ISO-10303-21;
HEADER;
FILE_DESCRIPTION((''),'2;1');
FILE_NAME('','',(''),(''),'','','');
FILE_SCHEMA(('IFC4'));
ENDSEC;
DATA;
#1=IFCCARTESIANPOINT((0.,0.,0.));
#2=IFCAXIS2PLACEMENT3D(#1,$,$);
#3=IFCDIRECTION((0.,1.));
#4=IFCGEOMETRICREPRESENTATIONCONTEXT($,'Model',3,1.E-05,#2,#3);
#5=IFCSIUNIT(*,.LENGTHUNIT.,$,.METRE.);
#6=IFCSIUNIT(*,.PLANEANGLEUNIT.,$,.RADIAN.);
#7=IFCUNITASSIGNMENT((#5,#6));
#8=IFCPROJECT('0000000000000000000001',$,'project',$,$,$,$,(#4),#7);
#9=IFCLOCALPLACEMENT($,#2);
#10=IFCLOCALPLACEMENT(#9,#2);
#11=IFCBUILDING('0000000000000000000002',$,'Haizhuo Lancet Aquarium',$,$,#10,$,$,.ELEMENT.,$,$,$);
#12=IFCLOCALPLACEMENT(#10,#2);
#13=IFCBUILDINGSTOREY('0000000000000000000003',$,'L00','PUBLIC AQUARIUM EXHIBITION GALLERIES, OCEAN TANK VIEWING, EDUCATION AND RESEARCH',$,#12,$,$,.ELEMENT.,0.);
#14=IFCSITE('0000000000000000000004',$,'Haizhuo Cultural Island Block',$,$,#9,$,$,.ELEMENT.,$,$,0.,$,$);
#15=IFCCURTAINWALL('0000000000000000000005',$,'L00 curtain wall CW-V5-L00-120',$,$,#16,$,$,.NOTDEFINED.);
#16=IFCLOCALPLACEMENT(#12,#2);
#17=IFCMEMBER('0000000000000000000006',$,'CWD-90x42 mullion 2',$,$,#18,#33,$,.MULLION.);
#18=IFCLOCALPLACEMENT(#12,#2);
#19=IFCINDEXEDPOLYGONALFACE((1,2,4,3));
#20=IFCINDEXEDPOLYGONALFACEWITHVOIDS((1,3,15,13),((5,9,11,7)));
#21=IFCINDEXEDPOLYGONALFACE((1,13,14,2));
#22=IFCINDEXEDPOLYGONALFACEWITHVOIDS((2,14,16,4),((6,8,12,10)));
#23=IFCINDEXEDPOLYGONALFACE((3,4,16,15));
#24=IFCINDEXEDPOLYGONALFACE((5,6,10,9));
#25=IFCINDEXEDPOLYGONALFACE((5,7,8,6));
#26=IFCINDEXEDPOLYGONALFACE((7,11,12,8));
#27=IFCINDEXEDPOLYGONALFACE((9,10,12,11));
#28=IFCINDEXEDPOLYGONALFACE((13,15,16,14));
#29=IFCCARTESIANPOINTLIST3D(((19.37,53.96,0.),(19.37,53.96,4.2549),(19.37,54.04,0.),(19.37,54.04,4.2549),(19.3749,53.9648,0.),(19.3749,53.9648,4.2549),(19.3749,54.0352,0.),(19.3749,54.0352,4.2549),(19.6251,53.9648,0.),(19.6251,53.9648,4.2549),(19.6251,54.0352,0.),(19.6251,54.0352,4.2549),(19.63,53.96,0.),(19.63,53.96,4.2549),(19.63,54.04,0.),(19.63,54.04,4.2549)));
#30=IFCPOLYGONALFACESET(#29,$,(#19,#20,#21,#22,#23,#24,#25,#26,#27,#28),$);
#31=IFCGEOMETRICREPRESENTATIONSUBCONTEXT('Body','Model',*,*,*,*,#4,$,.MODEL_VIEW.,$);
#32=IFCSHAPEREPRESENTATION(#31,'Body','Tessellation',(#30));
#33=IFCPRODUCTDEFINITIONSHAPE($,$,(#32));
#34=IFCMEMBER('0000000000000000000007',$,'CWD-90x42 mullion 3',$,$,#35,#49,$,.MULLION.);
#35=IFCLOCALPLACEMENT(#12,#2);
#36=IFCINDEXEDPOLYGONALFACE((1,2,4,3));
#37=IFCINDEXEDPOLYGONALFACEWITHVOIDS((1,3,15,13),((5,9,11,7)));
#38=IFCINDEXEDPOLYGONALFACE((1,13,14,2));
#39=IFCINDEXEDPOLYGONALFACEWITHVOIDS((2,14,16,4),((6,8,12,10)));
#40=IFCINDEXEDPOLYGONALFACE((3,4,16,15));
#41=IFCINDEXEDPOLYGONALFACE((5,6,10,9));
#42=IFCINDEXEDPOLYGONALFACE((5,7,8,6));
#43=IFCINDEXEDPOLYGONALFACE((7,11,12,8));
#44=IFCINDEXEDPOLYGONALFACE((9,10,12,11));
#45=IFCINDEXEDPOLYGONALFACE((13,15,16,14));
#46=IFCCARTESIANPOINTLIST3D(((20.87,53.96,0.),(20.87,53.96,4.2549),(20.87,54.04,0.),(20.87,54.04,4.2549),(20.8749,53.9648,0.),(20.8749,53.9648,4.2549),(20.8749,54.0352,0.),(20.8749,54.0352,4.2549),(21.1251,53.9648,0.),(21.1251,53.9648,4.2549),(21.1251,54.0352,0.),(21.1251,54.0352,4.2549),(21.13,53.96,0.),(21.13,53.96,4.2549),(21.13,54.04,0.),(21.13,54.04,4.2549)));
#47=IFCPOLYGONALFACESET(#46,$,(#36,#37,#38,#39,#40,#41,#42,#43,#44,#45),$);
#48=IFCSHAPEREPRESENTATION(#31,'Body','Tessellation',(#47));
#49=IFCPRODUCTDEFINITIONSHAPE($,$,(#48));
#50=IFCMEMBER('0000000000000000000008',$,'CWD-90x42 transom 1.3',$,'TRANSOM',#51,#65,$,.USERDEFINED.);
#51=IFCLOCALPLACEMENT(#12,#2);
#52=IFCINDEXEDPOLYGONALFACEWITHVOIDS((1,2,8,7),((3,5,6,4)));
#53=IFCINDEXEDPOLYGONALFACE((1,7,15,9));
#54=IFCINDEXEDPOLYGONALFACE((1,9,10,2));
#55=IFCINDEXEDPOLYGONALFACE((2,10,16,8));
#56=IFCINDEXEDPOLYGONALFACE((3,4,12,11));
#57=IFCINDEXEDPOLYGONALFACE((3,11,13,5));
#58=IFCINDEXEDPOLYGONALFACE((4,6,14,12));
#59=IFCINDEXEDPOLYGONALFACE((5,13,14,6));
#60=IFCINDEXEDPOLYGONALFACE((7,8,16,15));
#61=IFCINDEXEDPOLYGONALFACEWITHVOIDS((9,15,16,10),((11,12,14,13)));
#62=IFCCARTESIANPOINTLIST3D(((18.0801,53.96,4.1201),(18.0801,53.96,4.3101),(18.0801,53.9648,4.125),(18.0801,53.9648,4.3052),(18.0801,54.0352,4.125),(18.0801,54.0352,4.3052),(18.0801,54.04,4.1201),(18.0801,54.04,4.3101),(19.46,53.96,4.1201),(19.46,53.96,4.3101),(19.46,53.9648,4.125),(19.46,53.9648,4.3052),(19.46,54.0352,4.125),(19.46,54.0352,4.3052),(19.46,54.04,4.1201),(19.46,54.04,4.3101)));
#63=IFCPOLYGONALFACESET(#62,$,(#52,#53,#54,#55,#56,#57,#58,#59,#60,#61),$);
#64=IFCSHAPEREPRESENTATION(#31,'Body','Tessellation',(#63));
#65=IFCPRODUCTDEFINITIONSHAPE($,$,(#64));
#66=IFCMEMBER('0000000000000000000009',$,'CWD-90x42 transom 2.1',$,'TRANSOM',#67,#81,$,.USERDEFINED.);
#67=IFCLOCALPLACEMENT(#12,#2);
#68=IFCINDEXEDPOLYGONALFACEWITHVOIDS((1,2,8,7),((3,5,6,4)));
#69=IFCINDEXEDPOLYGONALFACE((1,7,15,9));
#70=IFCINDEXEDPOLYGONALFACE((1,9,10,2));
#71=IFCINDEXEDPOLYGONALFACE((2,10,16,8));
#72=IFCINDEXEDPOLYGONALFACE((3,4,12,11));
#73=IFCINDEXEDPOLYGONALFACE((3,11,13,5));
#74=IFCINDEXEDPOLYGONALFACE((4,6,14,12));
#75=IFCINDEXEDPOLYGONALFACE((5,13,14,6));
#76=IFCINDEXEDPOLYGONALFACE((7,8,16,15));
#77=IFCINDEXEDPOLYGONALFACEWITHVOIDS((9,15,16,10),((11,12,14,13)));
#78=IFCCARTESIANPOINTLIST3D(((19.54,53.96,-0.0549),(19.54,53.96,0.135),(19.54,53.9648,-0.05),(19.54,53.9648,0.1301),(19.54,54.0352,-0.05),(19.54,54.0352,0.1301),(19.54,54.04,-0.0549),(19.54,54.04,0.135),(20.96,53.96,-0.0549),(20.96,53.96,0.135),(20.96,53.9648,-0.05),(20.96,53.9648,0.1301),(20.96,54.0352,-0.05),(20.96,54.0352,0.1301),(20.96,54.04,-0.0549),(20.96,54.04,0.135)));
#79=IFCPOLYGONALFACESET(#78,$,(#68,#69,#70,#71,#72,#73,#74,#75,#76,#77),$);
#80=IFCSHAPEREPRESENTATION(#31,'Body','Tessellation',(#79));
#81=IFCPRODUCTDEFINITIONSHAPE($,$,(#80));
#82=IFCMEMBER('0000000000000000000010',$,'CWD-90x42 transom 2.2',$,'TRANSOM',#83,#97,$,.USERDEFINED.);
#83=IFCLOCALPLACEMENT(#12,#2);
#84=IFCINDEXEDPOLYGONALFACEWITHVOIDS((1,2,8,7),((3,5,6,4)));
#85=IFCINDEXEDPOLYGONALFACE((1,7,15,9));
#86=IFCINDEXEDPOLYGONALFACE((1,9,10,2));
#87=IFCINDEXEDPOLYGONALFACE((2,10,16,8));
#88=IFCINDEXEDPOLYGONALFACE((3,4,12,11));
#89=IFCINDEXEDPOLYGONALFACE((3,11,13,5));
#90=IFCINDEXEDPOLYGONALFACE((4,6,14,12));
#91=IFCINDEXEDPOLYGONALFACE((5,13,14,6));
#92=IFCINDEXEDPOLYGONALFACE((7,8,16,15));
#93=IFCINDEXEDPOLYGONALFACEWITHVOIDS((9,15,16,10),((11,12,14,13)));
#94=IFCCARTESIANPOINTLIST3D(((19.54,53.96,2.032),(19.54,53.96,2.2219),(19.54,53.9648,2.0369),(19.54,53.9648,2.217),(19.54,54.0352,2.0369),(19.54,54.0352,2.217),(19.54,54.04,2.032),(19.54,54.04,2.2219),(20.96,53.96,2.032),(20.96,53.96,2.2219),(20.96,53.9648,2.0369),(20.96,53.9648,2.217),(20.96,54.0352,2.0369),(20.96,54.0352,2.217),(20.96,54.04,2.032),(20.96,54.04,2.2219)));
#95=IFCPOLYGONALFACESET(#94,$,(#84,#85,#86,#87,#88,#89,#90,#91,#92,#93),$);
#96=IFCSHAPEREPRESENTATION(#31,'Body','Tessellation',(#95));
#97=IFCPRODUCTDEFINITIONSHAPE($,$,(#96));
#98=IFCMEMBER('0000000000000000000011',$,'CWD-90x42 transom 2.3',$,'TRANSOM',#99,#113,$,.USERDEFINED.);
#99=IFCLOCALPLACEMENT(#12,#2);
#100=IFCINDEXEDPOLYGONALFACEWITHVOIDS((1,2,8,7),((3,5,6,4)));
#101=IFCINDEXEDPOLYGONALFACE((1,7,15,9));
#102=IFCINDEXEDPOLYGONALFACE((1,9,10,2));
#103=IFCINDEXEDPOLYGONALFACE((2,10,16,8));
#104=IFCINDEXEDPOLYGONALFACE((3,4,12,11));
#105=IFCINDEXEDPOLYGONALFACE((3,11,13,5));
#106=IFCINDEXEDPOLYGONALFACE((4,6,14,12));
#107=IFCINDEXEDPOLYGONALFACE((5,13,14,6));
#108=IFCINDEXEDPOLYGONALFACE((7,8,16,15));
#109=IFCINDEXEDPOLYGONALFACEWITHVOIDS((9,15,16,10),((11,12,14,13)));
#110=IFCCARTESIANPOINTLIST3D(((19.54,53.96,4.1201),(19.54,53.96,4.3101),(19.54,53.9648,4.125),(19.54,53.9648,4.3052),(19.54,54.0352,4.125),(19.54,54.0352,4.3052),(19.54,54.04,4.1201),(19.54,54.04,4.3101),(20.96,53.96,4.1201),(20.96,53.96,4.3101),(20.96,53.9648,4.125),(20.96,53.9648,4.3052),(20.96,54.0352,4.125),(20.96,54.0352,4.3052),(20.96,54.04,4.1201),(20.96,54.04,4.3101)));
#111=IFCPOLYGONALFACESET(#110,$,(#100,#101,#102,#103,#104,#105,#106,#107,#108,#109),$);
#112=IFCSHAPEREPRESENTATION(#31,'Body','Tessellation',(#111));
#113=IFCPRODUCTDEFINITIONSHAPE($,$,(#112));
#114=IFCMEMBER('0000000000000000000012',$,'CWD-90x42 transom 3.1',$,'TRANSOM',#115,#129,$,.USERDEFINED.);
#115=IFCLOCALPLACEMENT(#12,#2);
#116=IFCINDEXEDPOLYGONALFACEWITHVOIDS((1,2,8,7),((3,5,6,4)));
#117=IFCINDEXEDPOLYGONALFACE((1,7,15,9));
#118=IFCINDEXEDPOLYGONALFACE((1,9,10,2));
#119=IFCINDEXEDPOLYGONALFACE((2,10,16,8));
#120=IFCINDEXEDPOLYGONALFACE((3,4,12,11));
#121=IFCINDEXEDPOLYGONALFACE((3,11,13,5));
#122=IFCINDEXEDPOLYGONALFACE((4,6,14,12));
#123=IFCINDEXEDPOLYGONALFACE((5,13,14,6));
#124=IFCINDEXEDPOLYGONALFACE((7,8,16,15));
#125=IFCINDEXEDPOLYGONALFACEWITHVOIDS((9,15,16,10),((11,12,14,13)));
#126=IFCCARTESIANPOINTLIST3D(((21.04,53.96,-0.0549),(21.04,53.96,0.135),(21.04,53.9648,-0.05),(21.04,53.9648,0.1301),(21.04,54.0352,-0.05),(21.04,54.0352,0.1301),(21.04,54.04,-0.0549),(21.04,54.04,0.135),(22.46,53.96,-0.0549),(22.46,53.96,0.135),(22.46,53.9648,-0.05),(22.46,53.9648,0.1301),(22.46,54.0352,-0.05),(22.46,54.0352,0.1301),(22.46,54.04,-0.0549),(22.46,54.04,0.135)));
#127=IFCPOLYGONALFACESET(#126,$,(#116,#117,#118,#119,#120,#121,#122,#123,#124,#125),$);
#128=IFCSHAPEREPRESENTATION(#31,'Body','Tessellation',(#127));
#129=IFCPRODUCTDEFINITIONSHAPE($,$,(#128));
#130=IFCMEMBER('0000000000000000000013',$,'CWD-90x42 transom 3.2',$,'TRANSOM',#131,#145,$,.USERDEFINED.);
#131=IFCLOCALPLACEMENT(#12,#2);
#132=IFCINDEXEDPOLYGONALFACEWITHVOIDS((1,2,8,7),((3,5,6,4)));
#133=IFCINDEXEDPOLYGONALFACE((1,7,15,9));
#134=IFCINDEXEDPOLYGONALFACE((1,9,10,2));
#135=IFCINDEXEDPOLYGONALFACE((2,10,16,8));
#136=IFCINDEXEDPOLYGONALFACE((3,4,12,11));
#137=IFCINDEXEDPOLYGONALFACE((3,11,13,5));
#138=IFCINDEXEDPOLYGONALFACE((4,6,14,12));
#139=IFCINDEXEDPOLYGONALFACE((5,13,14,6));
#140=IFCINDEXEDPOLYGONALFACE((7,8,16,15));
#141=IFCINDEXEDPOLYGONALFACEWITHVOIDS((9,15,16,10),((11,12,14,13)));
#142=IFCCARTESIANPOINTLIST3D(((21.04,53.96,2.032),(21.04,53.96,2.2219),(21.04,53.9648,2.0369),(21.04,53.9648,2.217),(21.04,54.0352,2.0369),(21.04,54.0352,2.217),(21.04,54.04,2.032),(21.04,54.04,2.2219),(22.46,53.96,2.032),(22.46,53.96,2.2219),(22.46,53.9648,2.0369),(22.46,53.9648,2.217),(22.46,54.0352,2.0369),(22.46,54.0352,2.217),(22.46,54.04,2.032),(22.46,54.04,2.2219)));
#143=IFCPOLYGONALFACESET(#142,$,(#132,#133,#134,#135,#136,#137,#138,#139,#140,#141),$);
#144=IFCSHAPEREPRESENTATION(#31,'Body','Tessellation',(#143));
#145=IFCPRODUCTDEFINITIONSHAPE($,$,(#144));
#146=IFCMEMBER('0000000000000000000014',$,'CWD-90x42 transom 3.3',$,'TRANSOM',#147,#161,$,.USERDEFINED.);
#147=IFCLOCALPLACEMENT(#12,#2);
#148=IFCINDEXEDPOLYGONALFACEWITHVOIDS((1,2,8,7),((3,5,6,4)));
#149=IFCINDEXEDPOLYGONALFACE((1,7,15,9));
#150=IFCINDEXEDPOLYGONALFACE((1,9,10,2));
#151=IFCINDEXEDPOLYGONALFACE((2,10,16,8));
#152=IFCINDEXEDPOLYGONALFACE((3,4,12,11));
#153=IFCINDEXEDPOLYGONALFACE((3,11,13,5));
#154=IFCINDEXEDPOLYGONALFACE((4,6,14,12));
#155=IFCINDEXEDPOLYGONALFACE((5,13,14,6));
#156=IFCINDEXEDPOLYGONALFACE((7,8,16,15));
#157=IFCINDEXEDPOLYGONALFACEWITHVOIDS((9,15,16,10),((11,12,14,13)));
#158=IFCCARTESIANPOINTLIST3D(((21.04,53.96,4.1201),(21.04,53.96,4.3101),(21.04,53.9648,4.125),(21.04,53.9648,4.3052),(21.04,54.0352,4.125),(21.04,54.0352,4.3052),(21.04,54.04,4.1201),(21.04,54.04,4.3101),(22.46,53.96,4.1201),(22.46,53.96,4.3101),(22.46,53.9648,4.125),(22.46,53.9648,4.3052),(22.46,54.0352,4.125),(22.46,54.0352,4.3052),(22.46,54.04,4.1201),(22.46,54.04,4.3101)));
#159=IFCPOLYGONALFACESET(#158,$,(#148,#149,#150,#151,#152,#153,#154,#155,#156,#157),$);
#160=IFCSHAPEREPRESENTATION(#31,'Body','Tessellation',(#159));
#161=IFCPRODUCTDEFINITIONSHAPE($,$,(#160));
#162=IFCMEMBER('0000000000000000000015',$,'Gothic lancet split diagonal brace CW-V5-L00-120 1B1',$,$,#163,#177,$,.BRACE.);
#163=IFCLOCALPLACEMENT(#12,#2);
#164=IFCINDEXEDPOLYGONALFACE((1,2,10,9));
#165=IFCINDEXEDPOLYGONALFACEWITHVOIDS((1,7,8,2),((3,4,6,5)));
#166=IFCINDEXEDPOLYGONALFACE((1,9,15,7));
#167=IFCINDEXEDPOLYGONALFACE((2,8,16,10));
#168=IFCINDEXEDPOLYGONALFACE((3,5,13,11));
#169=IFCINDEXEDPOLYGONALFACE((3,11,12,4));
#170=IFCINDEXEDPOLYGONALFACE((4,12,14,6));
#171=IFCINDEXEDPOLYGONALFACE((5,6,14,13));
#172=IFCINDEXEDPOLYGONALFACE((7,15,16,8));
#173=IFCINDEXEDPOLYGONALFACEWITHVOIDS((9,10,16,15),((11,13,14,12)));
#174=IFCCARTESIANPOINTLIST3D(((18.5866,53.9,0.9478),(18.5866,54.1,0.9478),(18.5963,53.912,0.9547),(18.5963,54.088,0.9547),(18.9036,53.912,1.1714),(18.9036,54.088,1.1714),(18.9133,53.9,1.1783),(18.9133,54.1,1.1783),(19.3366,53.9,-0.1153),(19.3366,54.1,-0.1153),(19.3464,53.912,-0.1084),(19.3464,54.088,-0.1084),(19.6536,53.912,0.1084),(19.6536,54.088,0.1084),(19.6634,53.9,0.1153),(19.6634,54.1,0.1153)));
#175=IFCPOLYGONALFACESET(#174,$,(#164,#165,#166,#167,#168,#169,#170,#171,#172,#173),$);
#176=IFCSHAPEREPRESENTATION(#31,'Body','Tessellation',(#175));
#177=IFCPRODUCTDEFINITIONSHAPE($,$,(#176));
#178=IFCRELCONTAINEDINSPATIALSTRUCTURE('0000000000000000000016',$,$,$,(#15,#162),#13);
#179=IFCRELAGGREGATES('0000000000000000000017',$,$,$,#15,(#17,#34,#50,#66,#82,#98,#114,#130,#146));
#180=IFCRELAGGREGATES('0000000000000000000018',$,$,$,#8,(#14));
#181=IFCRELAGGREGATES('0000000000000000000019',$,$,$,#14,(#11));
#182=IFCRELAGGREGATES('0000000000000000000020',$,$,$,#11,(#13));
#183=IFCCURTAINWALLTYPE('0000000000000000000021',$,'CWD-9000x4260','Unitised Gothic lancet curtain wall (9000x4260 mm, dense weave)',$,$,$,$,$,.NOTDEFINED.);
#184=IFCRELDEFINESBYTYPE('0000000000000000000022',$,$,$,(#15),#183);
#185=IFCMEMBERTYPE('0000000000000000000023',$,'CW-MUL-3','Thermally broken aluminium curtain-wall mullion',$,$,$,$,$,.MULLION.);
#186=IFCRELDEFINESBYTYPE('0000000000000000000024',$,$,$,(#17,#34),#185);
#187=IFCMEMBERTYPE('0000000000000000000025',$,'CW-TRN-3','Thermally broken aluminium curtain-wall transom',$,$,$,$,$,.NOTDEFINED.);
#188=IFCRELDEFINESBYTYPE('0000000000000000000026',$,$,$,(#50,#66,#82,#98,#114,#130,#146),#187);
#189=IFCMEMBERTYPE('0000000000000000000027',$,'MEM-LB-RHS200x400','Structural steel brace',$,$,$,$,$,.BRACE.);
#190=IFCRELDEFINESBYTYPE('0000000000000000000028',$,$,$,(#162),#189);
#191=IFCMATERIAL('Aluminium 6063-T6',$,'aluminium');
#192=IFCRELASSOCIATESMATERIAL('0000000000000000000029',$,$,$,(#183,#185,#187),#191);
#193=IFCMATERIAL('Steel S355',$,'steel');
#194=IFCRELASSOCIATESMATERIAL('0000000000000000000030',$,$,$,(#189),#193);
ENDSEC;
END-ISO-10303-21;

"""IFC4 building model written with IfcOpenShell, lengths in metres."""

from ifc_helpers import new_model, si_unit, direction, frame, origin, origin_2d, place, context, subcontext, project, spatial, hollow_rectangle, extrude, material, material_profile, profile_set, type_object, element, aggregate, save


model = new_model("IFC4")

# Units and contexts
model_context = context("Model", 3, precision=1e-05, world=origin(), true_north=direction((0.0, 1.0)))
body_context = subcontext(model_context, "Body", "Model", "MODEL_VIEW")
ifc_project = project(units=[si_unit("LENGTHUNIT", "METRE"), si_unit("PLANEANGLEUNIT", "RADIAN")], contexts=[model_context])

# Site, building, storey
site_placement = place(None, origin())
site = spatial("IfcSite", under=ifc_project, at=site_placement, Name="Haizhuo Cultural Island Block", CompositionType="ELEMENT", RefElevation=0.0)
building_placement = place(site_placement, origin())
building = spatial("IfcBuilding", under=site, at=building_placement, Name="Haizhuo Lancet Aquarium", CompositionType="ELEMENT")
storey_placement = place(building_placement, origin())
storey = spatial("IfcBuildingStorey", under=building, at=storey_placement, Name="L00", Description="PUBLIC AQUARIUM EXHIBITION GALLERIES, OCEAN TANK VIEWING, EDUCATION AND RESEARCH", CompositionType="ELEMENT", Elevation=0.0)

# Curtain wall, members
ifc_material_1 = material(Name="Aluminium 6063-T6", Category="aluminium")
curtain_wall_type = type_object("IfcCurtainWallType", Name="CWD-9000x4260", Description="Unitised Gothic lancet curtain wall (9000x4260 mm, dense weave)", PredefinedType="NOTDEFINED", material=ifc_material_1)
curtain_wall_placement = place(storey_placement, origin())
curtain_wall = element("IfcCurtainWall", 1, at=curtain_wall_placement, inside=storey, type_object=curtain_wall_type, Name="L00 curtain wall CW-V5-L00-120", PredefinedType="NOTDEFINED")
ifc_material_profile_1 = material_profile(ifc_material_1, hollow_rectangle(XDim=0.0801, YDim=0.26, WallThickness=0.0049, at=origin_2d()), Name="ALU-M 80x260x5")
ifc_profile_set_1 = profile_set([ifc_material_profile_1], Name="Aluminium 6063-T6")
member_type_1 = type_object("IfcMemberType", Name="CW-MUL-3", Description="Thermally broken aluminium curtain-wall mullion", PredefinedType="MULLION", material=ifc_profile_set_1)
member_1_placement = place(storey_placement, frame((19.5, 54.0, 0.0), z_axis=(0.0, 0.0, 1.0), x_axis=(0.0, 1.0, 0.0)))
member_1 = element("IfcMember", 2, at=member_1_placement, type_object=member_type_1, Name="CWD-90x42 mullion 2", PredefinedType="MULLION", context=body_context, shape_type="SweptSolid", body=[
    extrude(hollow_rectangle(XDim=0.0801, YDim=0.26, WallThickness=0.0049, at=origin_2d()), origin(), (0.0, 0.0, 1.0), 4.2549),
])
member_2_placement = place(storey_placement, frame((21.0, 54.0, 0.0), z_axis=(0.0, 0.0, 1.0), x_axis=(0.0, 1.0, 0.0)))
member_2 = element("IfcMember", 3, at=member_2_placement, type_object=member_type_1, Name="CWD-90x42 mullion 3", PredefinedType="MULLION", context=body_context, shape_type="SweptSolid", body=[
    extrude(hollow_rectangle(XDim=0.0801, YDim=0.26, WallThickness=0.0049, at=origin_2d()), origin(), (0.0, 0.0, 1.0), 4.2549),
])
ifc_material_profile_2 = material_profile(ifc_material_1, hollow_rectangle(XDim=0.0801, YDim=0.1899, WallThickness=0.0049, at=origin_2d()), Name="ALU-T 80x190x5")
ifc_profile_set_2 = profile_set([ifc_material_profile_2], Name="Aluminium 6063-T6")
member_type_2 = type_object("IfcMemberType", Name="CW-TRN-3", Description="Thermally broken aluminium curtain-wall transom", PredefinedType="NOTDEFINED", material=ifc_profile_set_2)
member_3_placement = place(storey_placement, frame((18.0801, 54.0, 4.2151), z_axis=(1.0, 0.0, 0.0), x_axis=(0.0, 1.0, 0.0)))
member_3 = element("IfcMember", 4, at=member_3_placement, type_object=member_type_2, Name="CWD-90x42 transom 1.3", ObjectType="TRANSOM", PredefinedType="USERDEFINED", context=body_context, shape_type="SweptSolid", body=[
    extrude(hollow_rectangle(XDim=0.0801, YDim=0.1899, WallThickness=0.0049, at=origin_2d()), origin(), (0.0, 0.0, 1.0), 1.3799),
])
member_4_placement = place(storey_placement, frame((19.54, 54.0, 0.04), z_axis=(1.0, 0.0, 0.0), x_axis=(0.0, 1.0, 0.0)))
member_4 = element("IfcMember", 5, at=member_4_placement, type_object=member_type_2, Name="CWD-90x42 transom 2.1", ObjectType="TRANSOM", PredefinedType="USERDEFINED", context=body_context, shape_type="SweptSolid", body=[
    extrude(hollow_rectangle(XDim=0.0801, YDim=0.1899, WallThickness=0.0049, at=origin_2d()), origin(), (0.0, 0.0, 1.0), 1.4199),
])
member_5_placement = place(storey_placement, frame((19.54, 54.0, 2.127), z_axis=(1.0, 0.0, 0.0), x_axis=(0.0, 1.0, 0.0)))
member_5 = element("IfcMember", 6, at=member_5_placement, type_object=member_type_2, Name="CWD-90x42 transom 2.2", ObjectType="TRANSOM", PredefinedType="USERDEFINED", context=body_context, shape_type="SweptSolid", body=[
    extrude(hollow_rectangle(XDim=0.0801, YDim=0.1899, WallThickness=0.0049, at=origin_2d()), origin(), (0.0, 0.0, 1.0), 1.4199),
])
member_6_placement = place(storey_placement, frame((19.54, 54.0, 4.2151), z_axis=(1.0, 0.0, 0.0), x_axis=(0.0, 1.0, 0.0)))
member_6 = element("IfcMember", 7, at=member_6_placement, type_object=member_type_2, Name="CWD-90x42 transom 2.3", ObjectType="TRANSOM", PredefinedType="USERDEFINED", context=body_context, shape_type="SweptSolid", body=[
    extrude(hollow_rectangle(XDim=0.0801, YDim=0.1899, WallThickness=0.0049, at=origin_2d()), origin(), (0.0, 0.0, 1.0), 1.4199),
])
member_7_placement = place(storey_placement, frame((21.04, 54.0, 0.04), z_axis=(1.0, 0.0, 0.0), x_axis=(0.0, 1.0, 0.0)))
member_7 = element("IfcMember", 8, at=member_7_placement, type_object=member_type_2, Name="CWD-90x42 transom 3.1", ObjectType="TRANSOM", PredefinedType="USERDEFINED", context=body_context, shape_type="SweptSolid", body=[
    extrude(hollow_rectangle(XDim=0.0801, YDim=0.1899, WallThickness=0.0049, at=origin_2d()), origin(), (0.0, 0.0, 1.0), 1.4199),
])
member_8_placement = place(storey_placement, frame((21.04, 54.0, 2.127), z_axis=(1.0, 0.0, 0.0), x_axis=(0.0, 1.0, 0.0)))
member_8 = element("IfcMember", 9, at=member_8_placement, type_object=member_type_2, Name="CWD-90x42 transom 3.2", ObjectType="TRANSOM", PredefinedType="USERDEFINED", context=body_context, shape_type="SweptSolid", body=[
    extrude(hollow_rectangle(XDim=0.0801, YDim=0.1899, WallThickness=0.0049, at=origin_2d()), origin(), (0.0, 0.0, 1.0), 1.4199),
])
member_9_placement = place(storey_placement, frame((21.04, 54.0, 4.2151), z_axis=(1.0, 0.0, 0.0), x_axis=(0.0, 1.0, 0.0)))
member_9 = element("IfcMember", 10, at=member_9_placement, type_object=member_type_2, Name="CWD-90x42 transom 3.3", ObjectType="TRANSOM", PredefinedType="USERDEFINED", context=body_context, shape_type="SweptSolid", body=[
    extrude(hollow_rectangle(XDim=0.0801, YDim=0.1899, WallThickness=0.0049, at=origin_2d()), origin(), (0.0, 0.0, 1.0), 1.4199),
])

# Member
ifc_material_2 = material(Name="Steel S355", Category="steel")
ifc_material_profile_3 = material_profile(ifc_material_2, hollow_rectangle(XDim=0.2, YDim=0.3999, WallThickness=0.012, at=origin_2d()), Name="RHS 200x400x12")
ifc_profile_set_3 = profile_set([ifc_material_profile_3], Name="Steel S355")
member_type_3 = type_object("IfcMemberType", Name="MEM-LB-RHS200x400", Description="Structural steel brace", PredefinedType="BRACE", material=ifc_profile_set_3)
member_10_placement = place(storey_placement, frame((19.5, 54.0, 0.0), z_axis=(-0.576506, 0.0, 0.817093), x_axis=(0.0, -1.0, 0.0)))
element("IfcMember", 11, at=member_10_placement, inside=storey, type_object=member_type_3, Name="Gothic lancet split diagonal brace CW-V5-L00-120 1B1", PredefinedType="BRACE", context=body_context, shape_type="SweptSolid", body=[
    extrude(hollow_rectangle(XDim=0.2, YDim=0.3999, WallThickness=0.012, at=origin_2d()), origin(), (0.0, 0.0, 1.0), 1.301),
])

aggregate(curtain_wall, [member_1, member_2, member_3, member_4, member_5, member_6, member_7, member_8, member_9])

save(model, "model.ifc")
